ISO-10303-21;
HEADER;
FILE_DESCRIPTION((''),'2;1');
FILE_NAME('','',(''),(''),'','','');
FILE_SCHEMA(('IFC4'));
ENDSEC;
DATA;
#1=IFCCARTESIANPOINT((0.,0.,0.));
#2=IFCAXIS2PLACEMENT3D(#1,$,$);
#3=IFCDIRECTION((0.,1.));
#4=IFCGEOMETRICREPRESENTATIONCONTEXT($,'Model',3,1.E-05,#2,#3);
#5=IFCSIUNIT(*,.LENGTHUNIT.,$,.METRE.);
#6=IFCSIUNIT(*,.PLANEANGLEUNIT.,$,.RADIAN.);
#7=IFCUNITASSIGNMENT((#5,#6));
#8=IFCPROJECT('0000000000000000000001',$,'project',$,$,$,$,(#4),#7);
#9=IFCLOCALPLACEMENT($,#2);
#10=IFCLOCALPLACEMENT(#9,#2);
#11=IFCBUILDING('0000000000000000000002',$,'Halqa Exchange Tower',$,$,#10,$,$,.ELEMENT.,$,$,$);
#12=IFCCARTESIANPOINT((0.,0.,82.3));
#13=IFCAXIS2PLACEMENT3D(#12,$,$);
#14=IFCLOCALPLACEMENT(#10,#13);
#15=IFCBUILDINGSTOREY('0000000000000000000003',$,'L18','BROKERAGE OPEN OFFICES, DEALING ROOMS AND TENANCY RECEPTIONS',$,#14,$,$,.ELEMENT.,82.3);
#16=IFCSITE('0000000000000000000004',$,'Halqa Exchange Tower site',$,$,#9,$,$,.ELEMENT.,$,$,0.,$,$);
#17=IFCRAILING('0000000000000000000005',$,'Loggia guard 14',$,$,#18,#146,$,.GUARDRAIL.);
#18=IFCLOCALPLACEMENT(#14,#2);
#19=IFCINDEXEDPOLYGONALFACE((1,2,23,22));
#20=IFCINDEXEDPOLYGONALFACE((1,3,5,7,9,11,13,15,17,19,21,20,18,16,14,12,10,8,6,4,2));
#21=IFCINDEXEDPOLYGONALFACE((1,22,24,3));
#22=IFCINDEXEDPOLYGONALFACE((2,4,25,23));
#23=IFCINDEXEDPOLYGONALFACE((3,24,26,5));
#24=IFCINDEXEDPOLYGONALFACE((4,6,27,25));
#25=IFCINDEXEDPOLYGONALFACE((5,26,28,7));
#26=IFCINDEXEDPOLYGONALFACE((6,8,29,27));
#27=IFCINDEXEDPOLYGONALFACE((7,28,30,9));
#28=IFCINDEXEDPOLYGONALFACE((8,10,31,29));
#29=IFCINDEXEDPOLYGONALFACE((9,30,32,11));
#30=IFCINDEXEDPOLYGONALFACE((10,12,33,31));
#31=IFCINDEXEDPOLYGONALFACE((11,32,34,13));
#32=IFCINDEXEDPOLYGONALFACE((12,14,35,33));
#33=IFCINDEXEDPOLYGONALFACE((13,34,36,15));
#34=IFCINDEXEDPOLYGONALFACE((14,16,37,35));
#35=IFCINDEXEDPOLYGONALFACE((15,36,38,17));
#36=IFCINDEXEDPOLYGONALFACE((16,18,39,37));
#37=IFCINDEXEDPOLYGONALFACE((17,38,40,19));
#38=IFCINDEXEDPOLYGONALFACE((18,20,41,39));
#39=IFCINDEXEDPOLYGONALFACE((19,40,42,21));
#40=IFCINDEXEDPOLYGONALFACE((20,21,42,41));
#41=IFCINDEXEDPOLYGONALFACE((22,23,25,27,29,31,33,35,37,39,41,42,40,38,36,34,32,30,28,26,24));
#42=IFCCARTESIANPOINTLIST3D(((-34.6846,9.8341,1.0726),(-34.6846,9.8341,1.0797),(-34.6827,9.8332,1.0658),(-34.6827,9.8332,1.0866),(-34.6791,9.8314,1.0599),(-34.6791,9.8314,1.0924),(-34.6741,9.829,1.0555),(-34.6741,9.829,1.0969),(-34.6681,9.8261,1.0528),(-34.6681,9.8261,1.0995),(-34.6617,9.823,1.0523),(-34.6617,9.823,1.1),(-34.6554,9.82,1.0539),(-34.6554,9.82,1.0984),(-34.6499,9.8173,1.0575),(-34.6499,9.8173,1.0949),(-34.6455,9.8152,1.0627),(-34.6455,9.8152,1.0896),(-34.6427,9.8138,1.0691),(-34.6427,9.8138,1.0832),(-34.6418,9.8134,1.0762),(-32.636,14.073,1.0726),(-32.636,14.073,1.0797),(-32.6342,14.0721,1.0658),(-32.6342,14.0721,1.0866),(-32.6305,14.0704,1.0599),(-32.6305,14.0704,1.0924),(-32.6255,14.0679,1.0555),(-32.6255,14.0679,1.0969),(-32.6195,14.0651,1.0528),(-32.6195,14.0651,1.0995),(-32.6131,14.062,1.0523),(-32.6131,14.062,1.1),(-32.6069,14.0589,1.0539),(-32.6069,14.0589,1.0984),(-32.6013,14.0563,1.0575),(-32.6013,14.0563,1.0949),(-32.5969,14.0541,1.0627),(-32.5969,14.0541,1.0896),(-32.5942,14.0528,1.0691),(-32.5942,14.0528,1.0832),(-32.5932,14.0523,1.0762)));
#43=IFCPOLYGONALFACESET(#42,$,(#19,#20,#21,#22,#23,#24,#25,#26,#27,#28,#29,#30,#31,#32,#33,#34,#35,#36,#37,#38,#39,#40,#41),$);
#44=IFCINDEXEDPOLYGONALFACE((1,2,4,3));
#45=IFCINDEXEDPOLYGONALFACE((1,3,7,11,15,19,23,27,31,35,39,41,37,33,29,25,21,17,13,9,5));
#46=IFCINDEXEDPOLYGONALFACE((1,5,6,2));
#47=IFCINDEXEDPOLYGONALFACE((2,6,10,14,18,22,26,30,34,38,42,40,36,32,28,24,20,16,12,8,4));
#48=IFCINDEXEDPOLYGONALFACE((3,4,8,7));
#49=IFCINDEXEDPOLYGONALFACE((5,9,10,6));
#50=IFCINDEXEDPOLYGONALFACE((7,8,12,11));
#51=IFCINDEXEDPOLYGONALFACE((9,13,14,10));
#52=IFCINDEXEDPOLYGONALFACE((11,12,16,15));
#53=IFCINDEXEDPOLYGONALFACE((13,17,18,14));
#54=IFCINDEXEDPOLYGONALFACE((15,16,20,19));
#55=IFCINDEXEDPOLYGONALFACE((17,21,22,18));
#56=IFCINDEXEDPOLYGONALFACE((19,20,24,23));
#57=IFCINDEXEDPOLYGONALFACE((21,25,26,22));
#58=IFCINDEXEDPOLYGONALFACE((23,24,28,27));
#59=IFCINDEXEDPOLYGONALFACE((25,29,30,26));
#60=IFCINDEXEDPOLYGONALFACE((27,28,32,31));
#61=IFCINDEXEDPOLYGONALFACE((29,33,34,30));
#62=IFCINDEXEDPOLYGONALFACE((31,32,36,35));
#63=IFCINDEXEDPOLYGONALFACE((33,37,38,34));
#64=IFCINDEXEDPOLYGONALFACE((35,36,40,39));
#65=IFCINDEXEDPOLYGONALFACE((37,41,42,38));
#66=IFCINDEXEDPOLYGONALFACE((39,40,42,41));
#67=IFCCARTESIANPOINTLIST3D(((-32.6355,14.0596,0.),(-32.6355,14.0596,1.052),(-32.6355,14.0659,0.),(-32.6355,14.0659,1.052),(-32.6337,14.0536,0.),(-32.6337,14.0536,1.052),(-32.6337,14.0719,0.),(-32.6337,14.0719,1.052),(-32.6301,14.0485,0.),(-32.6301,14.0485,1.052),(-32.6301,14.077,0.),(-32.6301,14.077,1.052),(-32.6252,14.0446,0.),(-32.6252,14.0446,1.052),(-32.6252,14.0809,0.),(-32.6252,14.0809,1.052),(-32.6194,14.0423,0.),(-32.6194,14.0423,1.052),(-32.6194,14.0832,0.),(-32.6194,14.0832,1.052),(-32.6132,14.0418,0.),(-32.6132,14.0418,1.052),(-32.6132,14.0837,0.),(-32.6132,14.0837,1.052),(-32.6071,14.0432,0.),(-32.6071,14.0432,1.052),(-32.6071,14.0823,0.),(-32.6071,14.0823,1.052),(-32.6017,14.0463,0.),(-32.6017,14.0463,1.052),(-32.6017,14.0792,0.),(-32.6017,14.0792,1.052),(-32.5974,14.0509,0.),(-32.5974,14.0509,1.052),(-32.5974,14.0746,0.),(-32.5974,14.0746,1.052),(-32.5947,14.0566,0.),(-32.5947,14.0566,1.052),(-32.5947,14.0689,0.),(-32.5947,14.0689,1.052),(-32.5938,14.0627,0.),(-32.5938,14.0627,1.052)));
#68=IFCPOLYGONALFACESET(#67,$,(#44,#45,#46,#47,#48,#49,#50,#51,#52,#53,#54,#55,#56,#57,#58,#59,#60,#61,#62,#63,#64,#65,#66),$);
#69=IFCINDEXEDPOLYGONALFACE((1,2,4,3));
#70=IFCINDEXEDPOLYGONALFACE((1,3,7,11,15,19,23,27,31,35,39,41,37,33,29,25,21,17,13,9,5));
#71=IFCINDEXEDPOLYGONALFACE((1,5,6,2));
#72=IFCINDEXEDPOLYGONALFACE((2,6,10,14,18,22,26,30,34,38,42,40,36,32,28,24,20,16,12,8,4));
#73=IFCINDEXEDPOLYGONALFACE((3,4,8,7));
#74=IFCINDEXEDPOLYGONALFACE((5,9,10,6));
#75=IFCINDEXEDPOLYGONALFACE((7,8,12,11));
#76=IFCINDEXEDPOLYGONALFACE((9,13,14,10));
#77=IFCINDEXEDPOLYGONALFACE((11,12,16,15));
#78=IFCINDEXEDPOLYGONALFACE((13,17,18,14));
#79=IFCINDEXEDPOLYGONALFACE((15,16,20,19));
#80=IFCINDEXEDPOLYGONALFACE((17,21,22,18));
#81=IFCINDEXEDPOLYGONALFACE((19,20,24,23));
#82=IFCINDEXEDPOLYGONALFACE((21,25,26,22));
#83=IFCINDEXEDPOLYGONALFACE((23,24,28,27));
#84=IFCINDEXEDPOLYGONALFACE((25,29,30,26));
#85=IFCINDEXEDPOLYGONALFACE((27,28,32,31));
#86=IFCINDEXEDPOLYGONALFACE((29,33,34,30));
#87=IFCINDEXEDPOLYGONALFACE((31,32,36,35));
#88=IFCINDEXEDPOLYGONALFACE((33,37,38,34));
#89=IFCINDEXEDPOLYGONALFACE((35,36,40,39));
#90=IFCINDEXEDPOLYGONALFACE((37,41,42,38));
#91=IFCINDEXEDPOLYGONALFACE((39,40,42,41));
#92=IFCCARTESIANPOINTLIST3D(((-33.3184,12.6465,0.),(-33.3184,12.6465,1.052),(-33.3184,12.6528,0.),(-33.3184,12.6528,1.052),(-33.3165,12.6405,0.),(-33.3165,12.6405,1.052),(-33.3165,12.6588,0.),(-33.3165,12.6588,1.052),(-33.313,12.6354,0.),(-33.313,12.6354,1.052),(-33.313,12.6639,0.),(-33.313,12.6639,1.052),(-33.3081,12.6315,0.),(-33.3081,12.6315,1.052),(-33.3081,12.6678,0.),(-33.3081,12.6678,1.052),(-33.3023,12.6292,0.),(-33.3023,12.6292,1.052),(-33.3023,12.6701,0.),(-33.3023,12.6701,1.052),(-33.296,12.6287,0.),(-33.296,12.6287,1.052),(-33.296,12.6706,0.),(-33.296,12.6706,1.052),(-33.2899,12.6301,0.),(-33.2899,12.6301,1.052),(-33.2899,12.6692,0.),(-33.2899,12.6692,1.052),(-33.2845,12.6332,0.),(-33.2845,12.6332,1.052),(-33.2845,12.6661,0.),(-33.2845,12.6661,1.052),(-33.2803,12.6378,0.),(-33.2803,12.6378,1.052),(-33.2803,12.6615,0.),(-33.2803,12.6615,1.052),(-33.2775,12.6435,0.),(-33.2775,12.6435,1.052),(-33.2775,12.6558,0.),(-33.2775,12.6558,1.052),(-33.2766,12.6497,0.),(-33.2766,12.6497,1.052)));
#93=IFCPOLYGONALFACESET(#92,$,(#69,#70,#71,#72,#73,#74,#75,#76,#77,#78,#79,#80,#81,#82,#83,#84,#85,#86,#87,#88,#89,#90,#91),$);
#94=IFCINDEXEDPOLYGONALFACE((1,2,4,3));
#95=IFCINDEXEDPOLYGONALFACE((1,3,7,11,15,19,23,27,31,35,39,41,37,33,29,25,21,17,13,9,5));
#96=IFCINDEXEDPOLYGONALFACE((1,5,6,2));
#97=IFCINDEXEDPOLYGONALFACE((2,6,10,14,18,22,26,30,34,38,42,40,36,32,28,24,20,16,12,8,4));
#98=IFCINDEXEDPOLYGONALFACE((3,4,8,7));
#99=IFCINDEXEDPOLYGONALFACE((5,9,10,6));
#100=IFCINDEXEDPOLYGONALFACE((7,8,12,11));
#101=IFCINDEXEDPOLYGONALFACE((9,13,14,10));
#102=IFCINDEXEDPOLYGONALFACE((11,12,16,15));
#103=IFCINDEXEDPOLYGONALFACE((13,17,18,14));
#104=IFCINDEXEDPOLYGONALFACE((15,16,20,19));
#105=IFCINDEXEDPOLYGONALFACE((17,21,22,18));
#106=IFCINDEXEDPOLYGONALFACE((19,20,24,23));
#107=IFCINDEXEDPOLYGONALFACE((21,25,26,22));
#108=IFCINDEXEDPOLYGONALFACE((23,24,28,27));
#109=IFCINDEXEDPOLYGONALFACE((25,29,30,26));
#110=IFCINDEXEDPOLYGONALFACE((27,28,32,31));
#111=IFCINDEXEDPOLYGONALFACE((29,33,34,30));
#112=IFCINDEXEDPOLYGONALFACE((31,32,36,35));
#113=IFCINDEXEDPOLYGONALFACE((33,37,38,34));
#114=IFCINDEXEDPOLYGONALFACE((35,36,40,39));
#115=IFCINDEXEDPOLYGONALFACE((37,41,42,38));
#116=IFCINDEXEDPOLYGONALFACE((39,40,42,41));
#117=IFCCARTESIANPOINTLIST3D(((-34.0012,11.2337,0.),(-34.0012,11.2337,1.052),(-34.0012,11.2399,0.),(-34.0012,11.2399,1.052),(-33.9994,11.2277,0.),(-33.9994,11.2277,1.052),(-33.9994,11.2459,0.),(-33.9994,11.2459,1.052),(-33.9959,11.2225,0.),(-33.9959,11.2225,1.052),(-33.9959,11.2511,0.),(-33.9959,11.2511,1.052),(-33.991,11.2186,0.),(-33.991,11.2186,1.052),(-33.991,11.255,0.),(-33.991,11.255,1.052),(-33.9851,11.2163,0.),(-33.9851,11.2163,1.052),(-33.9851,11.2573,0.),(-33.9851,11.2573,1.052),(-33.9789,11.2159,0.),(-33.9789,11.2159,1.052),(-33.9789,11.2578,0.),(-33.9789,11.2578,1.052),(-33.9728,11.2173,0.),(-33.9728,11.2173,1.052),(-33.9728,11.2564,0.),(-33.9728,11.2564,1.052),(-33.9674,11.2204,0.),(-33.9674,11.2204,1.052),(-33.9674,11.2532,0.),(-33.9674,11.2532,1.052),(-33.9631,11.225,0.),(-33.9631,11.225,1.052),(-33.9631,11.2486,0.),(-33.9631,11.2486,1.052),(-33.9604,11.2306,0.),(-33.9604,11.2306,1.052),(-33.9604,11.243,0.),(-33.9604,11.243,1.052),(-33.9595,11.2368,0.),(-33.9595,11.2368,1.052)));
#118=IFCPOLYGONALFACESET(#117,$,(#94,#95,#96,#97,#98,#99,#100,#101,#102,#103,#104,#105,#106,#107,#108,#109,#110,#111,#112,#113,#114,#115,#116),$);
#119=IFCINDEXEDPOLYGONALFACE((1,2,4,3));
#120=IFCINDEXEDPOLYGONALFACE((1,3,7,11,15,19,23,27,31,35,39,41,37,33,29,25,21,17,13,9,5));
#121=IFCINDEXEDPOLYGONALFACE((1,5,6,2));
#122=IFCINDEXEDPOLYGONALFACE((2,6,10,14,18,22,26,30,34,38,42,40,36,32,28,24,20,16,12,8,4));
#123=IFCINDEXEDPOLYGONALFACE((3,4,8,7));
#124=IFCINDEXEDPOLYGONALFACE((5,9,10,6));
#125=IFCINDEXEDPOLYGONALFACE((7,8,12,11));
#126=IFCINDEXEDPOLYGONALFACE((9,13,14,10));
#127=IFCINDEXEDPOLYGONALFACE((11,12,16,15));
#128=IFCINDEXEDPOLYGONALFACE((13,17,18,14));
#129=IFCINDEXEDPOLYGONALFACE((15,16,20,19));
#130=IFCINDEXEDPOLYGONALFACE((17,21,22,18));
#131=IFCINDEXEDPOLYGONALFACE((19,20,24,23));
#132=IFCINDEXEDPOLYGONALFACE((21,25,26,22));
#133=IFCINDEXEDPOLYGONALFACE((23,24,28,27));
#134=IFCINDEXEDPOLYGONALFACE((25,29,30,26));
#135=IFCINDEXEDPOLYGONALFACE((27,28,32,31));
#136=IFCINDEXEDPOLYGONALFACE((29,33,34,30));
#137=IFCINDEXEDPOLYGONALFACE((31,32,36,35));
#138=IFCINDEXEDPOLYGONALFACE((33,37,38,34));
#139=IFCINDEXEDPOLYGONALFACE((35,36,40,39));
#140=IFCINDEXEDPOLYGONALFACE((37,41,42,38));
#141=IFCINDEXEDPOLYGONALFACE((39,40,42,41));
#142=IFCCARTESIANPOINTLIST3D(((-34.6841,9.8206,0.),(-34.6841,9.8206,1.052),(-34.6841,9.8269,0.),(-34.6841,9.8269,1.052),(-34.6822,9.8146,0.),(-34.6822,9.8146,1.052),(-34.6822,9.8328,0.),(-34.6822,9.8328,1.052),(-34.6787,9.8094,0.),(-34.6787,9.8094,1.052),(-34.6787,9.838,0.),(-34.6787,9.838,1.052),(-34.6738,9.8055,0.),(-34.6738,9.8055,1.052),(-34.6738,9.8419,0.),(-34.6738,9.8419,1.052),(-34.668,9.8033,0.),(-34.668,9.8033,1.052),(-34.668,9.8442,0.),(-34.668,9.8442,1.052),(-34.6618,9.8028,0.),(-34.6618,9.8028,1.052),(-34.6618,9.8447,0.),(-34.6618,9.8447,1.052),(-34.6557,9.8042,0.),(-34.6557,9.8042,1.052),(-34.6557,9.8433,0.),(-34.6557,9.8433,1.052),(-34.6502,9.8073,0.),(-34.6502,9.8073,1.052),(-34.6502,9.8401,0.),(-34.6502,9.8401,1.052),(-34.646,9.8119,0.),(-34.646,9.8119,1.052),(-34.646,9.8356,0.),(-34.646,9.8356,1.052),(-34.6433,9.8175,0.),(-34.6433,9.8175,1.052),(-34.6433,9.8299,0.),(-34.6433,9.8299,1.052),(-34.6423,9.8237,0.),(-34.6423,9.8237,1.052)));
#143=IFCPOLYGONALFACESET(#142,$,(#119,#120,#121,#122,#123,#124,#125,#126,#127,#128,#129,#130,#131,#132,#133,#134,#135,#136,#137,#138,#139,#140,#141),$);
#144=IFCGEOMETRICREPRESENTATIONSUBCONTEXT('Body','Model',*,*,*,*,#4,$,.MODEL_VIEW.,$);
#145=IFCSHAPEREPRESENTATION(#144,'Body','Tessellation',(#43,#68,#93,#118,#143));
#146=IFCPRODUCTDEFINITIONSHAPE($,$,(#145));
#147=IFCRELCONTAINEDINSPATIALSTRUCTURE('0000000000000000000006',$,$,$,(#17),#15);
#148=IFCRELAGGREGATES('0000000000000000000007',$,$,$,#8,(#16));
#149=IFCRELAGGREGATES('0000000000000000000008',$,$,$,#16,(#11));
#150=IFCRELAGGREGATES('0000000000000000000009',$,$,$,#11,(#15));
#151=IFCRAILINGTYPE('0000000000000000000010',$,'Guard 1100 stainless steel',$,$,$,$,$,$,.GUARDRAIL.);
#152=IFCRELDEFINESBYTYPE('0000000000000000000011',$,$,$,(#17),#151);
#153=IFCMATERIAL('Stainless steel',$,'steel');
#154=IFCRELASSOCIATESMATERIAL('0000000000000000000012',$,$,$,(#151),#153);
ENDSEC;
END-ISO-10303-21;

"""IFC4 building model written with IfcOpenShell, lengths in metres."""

from ifc_helpers import new_model, si_unit, direction, frame, origin, origin_2d, place, context, subcontext, project, spatial, circle, extrude, material, type_object, element, save


model = new_model("IFC4")

# Units and contexts
model_context = context("Model", 3, precision=1e-05, world=origin(), true_north=direction((0.0, 1.0)))
body_context = subcontext(model_context, "Body", "Model", "MODEL_VIEW")
ifc_project = project(units=[si_unit("LENGTHUNIT", "METRE"), si_unit("PLANEANGLEUNIT", "RADIAN")], contexts=[model_context])

# Site, building, storey
site_placement = place(None, origin())
site = spatial("IfcSite", under=ifc_project, at=site_placement, Name="Halqa Exchange Tower site", CompositionType="ELEMENT", RefElevation=0.0)
building_placement = place(site_placement, origin())
building = spatial("IfcBuilding", under=site, at=building_placement, Name="Halqa Exchange Tower", CompositionType="ELEMENT")
storey_placement = place(building_placement, frame((0.0, 0.0, 82.3)))
storey = spatial("IfcBuildingStorey", under=building, at=storey_placement, Name="L18", Description="BROKERAGE OPEN OFFICES, DEALING ROOMS AND TENANCY RECEPTIONS", CompositionType="ELEMENT", Elevation=82.3)

# Railing
ifc_material_1 = material(Name="Stainless steel", Category="steel")
railing_type = type_object("IfcRailingType", Name="Guard 1100 stainless steel", PredefinedType="GUARDRAIL", material=ifc_material_1)
railing_1_placement = place(storey_placement, frame((-32.6147, 14.0627, 0.0)))
element("IfcRailing", 1, at=railing_1_placement, inside=storey, type_object=railing_type, Name="Loggia guard 14", PredefinedType="GUARDRAIL", context=body_context, shape_type="SweptSolid", body=[
    extrude(circle(Radius=0.0239, at=origin_2d()), frame((0.0, 0.0, 1.0762), z_axis=(-0.435122, -0.900372, 0.0), x_axis=(0.900372, -0.435122, 0.0)), (0.0, 0.0, 1.0), 4.708),
    extrude(circle(Radius=0.021, at=origin_2d()), origin(), (0.0, 0.0, 1.0), 1.052),
    extrude(circle(Radius=0.021, at=origin_2d()), frame((-0.6829, -1.4131, 0.0)), (0.0, 0.0, 1.0), 1.052),
    extrude(circle(Radius=0.021, at=origin_2d()), frame((-1.3657, -2.8259, 0.0)), (0.0, 0.0, 1.0), 1.052),
    extrude(circle(Radius=0.021, at=origin_2d()), frame((-2.0486, -4.239, 0.0)), (0.0, 0.0, 1.0), 1.052),
])

save(model, "model.ifc")
